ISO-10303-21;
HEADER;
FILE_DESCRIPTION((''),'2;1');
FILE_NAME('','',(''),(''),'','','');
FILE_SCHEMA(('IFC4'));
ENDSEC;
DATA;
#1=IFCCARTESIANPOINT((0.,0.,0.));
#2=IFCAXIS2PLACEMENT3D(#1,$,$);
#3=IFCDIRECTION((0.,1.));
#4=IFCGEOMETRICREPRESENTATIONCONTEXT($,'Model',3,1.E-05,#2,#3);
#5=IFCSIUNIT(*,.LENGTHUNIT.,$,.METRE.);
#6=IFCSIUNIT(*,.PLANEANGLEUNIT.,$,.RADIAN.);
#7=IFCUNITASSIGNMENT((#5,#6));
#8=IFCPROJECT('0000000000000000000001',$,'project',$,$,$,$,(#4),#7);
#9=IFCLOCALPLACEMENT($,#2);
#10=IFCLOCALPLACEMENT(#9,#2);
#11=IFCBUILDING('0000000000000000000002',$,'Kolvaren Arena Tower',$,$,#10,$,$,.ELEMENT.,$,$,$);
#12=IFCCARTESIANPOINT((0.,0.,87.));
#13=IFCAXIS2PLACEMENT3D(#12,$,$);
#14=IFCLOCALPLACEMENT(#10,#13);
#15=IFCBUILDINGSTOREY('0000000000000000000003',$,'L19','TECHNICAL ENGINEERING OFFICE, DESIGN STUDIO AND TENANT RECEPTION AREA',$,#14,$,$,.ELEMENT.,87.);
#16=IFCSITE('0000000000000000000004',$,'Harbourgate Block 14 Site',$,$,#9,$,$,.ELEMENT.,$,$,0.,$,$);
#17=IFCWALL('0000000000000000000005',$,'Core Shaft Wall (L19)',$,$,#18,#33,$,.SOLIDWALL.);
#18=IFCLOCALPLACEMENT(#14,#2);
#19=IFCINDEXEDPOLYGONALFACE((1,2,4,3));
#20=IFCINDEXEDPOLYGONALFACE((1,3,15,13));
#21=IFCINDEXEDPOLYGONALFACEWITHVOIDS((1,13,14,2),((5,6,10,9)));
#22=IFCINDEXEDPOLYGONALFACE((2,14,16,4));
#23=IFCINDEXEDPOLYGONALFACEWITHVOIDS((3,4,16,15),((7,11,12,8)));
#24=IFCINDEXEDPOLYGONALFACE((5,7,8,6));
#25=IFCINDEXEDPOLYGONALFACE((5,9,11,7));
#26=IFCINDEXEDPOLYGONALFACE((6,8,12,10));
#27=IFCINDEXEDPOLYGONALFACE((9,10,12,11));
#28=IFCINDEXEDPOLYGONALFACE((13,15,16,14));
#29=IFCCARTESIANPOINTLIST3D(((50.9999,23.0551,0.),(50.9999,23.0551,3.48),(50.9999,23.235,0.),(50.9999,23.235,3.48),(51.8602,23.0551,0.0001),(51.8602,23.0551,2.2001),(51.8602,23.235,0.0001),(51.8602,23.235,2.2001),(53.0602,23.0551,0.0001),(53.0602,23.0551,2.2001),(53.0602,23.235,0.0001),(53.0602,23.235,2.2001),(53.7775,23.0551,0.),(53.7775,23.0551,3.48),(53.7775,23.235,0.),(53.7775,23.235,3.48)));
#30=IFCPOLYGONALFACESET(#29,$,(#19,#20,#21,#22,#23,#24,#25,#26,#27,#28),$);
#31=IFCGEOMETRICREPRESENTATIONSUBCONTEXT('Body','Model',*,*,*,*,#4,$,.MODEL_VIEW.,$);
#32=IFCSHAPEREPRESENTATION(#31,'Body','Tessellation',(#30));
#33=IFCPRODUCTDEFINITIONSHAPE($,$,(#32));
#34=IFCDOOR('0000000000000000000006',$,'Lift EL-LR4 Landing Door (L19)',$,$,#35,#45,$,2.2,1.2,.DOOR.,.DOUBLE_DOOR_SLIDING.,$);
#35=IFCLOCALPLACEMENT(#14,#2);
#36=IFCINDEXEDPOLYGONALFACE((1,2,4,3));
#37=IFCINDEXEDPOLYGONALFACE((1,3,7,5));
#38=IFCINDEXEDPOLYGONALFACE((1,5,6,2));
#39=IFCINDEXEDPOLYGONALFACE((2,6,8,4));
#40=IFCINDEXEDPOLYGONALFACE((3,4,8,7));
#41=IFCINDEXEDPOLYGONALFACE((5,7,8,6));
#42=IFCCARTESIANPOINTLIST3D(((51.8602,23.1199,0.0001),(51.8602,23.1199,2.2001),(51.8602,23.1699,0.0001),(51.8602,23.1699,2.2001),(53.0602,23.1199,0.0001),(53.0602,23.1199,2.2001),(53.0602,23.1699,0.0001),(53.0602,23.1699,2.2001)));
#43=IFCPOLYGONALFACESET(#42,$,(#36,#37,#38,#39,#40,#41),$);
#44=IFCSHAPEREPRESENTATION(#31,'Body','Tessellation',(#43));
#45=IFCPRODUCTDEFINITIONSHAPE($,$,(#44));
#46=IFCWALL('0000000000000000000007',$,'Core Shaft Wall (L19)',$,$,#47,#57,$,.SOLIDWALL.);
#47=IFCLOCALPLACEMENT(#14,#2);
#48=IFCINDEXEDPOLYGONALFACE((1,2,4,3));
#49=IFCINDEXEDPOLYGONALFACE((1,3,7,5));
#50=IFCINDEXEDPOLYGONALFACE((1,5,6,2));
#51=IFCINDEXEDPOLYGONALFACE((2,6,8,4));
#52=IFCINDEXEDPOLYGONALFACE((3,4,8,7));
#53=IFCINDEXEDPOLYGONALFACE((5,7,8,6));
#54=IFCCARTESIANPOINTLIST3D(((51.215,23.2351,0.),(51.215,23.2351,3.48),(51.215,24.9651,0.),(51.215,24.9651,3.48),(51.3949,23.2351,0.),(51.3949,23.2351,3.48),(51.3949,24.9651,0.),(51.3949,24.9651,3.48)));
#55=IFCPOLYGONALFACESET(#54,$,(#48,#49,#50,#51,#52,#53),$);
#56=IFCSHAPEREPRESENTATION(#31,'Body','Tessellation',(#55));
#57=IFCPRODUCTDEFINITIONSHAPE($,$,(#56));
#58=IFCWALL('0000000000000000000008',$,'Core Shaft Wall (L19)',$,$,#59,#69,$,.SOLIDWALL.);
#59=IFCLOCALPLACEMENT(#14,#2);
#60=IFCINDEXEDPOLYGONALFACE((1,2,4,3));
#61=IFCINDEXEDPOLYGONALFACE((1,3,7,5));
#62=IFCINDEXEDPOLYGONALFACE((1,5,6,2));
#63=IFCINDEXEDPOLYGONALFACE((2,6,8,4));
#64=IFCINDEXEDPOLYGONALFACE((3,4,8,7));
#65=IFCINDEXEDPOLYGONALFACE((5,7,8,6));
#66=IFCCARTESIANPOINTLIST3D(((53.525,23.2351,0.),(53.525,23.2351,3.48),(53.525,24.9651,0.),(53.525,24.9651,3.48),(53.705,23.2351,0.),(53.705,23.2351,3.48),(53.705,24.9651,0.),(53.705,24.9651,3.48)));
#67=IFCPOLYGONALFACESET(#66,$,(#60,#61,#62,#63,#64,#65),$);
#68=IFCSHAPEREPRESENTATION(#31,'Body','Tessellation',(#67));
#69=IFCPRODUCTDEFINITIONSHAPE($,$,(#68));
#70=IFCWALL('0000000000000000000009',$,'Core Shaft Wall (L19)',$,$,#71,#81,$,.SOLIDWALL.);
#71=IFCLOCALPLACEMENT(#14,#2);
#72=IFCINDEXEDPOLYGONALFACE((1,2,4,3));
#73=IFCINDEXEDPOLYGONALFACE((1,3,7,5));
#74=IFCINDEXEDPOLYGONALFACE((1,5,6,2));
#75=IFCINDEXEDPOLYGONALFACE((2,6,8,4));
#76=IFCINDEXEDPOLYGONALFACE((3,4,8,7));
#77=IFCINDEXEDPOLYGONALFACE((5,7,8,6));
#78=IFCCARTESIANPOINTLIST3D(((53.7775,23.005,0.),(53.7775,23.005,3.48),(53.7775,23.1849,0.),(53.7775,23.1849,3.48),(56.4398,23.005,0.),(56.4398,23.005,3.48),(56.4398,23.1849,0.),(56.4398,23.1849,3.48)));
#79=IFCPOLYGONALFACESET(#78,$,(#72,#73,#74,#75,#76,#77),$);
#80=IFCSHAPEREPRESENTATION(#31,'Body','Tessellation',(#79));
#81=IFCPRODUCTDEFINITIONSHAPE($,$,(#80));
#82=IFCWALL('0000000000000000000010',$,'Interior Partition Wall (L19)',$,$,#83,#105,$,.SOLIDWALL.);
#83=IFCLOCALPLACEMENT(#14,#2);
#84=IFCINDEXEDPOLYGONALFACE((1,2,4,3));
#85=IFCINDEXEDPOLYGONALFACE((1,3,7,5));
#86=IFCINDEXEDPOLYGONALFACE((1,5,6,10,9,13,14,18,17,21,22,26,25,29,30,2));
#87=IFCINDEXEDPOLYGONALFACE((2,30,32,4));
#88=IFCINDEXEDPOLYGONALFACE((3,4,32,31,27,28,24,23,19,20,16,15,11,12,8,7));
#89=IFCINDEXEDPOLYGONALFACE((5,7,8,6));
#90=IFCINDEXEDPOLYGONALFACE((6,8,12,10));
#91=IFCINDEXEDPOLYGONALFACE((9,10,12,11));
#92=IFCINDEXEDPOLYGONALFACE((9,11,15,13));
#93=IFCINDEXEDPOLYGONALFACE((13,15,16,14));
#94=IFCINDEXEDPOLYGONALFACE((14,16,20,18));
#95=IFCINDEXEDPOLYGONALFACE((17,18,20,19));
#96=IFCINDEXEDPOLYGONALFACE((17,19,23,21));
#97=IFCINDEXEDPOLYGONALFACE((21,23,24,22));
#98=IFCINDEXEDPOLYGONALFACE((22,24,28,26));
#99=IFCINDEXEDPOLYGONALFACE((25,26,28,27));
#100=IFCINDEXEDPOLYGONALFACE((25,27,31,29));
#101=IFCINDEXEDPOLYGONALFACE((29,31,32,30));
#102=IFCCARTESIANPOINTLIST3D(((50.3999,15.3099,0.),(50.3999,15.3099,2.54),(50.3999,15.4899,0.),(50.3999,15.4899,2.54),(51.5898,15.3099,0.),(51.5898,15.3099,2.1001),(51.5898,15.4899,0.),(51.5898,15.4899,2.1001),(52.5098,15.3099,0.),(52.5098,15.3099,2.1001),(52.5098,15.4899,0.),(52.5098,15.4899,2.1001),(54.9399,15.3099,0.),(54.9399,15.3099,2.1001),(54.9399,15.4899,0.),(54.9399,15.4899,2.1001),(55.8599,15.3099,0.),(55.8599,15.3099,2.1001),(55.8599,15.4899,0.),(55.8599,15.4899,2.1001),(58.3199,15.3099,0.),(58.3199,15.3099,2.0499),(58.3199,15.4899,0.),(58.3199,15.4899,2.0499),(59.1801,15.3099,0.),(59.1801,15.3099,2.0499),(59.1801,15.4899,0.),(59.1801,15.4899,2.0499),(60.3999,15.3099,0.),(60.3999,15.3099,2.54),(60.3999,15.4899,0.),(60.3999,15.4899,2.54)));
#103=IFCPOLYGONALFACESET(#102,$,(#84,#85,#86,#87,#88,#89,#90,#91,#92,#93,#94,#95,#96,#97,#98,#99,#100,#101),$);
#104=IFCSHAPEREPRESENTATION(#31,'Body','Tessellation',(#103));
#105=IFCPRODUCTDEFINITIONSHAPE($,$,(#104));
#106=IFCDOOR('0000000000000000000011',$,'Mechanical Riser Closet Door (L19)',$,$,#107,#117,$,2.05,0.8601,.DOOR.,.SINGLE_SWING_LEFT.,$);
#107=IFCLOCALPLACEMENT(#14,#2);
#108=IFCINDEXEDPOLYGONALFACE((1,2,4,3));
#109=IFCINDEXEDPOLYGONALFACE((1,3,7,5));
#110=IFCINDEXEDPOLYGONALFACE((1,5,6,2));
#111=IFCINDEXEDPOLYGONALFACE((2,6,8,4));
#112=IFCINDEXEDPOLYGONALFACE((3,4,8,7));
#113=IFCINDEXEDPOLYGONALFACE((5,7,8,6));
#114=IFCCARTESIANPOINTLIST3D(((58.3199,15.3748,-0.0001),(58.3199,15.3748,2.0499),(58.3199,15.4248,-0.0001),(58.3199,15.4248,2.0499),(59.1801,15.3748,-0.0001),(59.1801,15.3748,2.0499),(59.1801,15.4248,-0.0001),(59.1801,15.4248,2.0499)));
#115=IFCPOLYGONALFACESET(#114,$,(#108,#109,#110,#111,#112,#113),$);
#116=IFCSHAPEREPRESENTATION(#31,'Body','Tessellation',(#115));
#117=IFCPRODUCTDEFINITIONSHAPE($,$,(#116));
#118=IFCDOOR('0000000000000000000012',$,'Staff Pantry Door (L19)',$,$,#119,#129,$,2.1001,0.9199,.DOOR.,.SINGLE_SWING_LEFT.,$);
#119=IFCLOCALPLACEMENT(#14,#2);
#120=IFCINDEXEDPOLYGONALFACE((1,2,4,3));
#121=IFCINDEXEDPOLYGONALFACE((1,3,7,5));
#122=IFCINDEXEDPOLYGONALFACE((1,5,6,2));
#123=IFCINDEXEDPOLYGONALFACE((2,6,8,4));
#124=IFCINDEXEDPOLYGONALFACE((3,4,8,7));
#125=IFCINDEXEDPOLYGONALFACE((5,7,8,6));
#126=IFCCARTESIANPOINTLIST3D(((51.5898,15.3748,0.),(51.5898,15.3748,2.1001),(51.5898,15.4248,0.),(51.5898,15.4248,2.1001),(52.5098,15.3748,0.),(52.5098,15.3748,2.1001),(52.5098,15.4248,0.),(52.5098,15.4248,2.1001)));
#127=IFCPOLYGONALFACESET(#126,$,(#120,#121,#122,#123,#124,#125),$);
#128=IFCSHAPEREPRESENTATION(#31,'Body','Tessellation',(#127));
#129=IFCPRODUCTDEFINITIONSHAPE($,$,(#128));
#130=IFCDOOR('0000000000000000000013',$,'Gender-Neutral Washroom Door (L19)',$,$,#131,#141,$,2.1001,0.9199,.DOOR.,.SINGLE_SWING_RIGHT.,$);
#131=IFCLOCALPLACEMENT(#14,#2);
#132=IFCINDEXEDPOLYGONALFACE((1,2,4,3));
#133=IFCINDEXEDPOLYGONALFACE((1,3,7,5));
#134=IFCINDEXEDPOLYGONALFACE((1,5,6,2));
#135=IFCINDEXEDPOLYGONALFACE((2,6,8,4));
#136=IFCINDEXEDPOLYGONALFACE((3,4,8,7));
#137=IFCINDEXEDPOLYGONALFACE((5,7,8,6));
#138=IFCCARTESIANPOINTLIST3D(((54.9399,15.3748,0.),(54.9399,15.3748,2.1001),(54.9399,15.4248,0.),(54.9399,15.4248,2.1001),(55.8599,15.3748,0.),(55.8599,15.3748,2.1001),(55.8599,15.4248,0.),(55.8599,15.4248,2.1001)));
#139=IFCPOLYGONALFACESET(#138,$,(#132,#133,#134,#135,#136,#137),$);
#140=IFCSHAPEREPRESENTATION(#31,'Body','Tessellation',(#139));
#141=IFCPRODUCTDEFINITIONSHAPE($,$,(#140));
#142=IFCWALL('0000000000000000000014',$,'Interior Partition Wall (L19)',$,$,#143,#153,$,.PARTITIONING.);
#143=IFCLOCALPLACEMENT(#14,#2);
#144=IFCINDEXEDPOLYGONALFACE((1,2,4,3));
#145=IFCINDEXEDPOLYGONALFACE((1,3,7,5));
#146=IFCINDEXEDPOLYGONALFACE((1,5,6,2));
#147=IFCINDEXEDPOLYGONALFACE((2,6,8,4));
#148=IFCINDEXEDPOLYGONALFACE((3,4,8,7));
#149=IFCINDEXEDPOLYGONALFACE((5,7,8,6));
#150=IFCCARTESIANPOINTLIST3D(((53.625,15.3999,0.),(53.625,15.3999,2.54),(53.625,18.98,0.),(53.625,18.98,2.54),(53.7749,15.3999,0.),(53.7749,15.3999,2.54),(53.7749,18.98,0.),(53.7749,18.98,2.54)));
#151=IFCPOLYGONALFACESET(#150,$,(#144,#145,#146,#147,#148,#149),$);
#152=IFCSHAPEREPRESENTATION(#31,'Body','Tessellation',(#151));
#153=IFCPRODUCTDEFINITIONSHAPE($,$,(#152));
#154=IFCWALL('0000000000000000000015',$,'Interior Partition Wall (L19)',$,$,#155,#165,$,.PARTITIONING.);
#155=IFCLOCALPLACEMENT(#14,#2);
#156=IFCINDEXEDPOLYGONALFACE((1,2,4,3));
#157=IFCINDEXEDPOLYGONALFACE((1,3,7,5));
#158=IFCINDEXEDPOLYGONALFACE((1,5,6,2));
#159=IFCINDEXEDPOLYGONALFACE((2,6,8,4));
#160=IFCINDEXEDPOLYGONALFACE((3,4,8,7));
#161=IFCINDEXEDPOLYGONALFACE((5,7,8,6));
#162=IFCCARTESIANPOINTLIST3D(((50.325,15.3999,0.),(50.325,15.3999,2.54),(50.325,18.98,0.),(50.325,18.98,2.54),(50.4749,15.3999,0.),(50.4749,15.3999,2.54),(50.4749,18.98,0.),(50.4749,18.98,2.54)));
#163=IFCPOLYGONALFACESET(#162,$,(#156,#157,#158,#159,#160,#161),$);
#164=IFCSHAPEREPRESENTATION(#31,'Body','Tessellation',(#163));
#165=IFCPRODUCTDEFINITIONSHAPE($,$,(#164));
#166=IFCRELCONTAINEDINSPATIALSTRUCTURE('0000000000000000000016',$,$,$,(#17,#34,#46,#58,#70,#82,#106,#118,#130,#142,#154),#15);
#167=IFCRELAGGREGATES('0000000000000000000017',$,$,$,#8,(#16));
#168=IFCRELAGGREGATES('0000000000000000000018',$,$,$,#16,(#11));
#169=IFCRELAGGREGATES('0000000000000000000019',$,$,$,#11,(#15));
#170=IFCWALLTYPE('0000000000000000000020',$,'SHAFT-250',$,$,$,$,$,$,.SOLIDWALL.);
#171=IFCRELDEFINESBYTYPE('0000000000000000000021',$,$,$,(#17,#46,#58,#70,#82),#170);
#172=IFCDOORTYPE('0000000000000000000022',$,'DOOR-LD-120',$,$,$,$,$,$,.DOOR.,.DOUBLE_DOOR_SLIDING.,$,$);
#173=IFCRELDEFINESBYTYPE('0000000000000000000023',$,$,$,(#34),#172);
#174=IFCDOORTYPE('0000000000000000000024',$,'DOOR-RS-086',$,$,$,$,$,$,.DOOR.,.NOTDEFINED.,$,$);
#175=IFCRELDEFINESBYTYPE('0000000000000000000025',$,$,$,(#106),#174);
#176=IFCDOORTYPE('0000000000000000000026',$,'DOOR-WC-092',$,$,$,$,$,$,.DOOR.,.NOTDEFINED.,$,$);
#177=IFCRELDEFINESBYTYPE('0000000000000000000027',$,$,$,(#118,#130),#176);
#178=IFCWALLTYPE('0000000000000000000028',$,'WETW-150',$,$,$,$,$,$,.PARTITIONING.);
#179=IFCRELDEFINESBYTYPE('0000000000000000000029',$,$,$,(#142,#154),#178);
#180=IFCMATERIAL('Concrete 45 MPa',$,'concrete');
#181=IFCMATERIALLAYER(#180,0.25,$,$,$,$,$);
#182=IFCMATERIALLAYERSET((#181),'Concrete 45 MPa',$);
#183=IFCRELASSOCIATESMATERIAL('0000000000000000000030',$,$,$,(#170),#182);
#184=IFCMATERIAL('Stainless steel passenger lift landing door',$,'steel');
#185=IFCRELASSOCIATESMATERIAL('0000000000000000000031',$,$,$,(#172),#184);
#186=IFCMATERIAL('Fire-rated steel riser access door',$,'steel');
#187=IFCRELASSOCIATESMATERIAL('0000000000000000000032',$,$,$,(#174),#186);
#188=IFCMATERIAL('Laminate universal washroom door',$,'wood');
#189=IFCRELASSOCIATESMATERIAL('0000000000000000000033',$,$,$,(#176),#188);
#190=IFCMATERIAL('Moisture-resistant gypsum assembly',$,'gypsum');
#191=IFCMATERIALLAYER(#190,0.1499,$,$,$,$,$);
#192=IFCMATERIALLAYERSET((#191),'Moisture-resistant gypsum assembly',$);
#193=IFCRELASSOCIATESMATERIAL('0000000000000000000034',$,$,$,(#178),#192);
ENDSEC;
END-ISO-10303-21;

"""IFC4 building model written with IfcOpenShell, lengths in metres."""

from ifc_helpers import new_model, si_unit, direction, frame, frame_2d, origin, place, context, subcontext, project, spatial, rectangle, extrude, material, layer, layer_set, type_object, element, fill, save


model = new_model("IFC4")

# Units and contexts
model_context = context("Model", 3, precision=1e-05, world=origin(), true_north=direction((0.0, 1.0)))
body_context = subcontext(model_context, "Body", "Model", "MODEL_VIEW")
ifc_project = project(units=[si_unit("LENGTHUNIT", "METRE"), si_unit("PLANEANGLEUNIT", "RADIAN")], contexts=[model_context])

# Site, building, storey
site_placement = place(None, origin())
site = spatial("IfcSite", under=ifc_project, at=site_placement, Name="Harbourgate Block 14 Site", CompositionType="ELEMENT", RefElevation=0.0)
building_placement = place(site_placement, origin())
building = spatial("IfcBuilding", under=site, at=building_placement, Name="Kolvaren Arena Tower", CompositionType="ELEMENT")
storey_placement = place(building_placement, frame((0.0, 0.0, 87.0)))
storey = spatial("IfcBuildingStorey", under=building, at=storey_placement, Name="L19", Description="TECHNICAL ENGINEERING OFFICE, DESIGN STUDIO AND TENANT RECEPTION AREA", CompositionType="ELEMENT", Elevation=87.0)

# Shared definitions
ifc_material_1 = material(Name="Concrete 45 MPa", Category="concrete")
ifc_layer_1 = layer(ifc_material_1, 0.25)
ifc_layer_set_1 = layer_set([ifc_layer_1], Name="Concrete 45 MPa")
wall_type_1 = type_object("IfcWallType", Name="SHAFT-250", PredefinedType="SOLIDWALL", material=ifc_layer_set_1)
ifc_material_2 = material(Name="Stainless steel passenger lift landing door", Category="steel")
door_type_1 = type_object("IfcDoorType", Name="DOOR-LD-120", OperationType="DOUBLE_DOOR_SLIDING", PredefinedType="DOOR", material=ifc_material_2)

# Wall, opening, door
wall_1_placement = place(storey_placement, frame((51.0, 23.145, 0.0), z_axis=(0.0, 0.0, 1.0), x_axis=(1.0, 0.0, 0.0)))
wall_1 = element("IfcWall", 1, at=wall_1_placement, inside=storey, type_object=wall_type_1, Name="Core Shaft Wall (L19)", PredefinedType="SOLIDWALL", context=body_context, shape_type="SweptSolid", body=[
    extrude(rectangle(XDim=2.7776, YDim=0.1799, at=frame_2d((1.3887, 0.0))), origin(), (0.0, 0.0, 1.0), 3.48),
])
opening_1_placement = place(wall_1_placement, frame((0.8601, 0.0, 0.0)))
opening_1 = element("IfcOpeningElement", 2, at=opening_1_placement, cuts=wall_1, PredefinedType="OPENING", context=body_context, shape_type="SweptSolid", body=[
    extrude(rectangle(XDim=1.2, YDim=2.2, at=frame_2d((0.6001, 1.1001))), frame((0.0, 0.0999, 0.0), z_axis=(0.0, -1.0, 0.0), x_axis=(1.0, 0.0, 0.0)), (0.0, 0.0, 1.0), 0.2),
])
door_1_placement = place(opening_1_placement, origin())
door_1 = element("IfcDoor", 3, at=door_1_placement, inside=storey, type_object=door_type_1, Name="Lift EL-LR4 Landing Door (L19)", OperationType="DOUBLE_DOOR_SLIDING", OverallHeight=2.2, OverallWidth=1.2, PredefinedType="DOOR", context=body_context, shape_type="SweptSolid", body=[
    extrude(rectangle(XDim=1.2, YDim=2.2, at=frame_2d((0.6001, 1.1001))), frame((0.0, 0.0249, 0.0), z_axis=(0.0, -1.0, 0.0), x_axis=(1.0, 0.0, 0.0)), (0.0, 0.0, 1.0), 0.05),
])
fill(opening_1, door_1)

# Walls
for number, where, z_axis, x_axis, name in (
    (4, (51.3049, 23.2351, 0.0), (0.0, 0.0, 1.0), (0.0, 1.0, 0.0), "Core Shaft Wall (L19)"),
    (5, (53.615, 23.2351, 0.0), (0.0, 0.0, 1.0), (0.0, 1.0, 0.0), "Core Shaft Wall (L19)"),
):
    element("IfcWall", number, at=place(storey_placement, frame(where, z_axis=z_axis, x_axis=x_axis)), inside=storey, type_object=wall_type_1, Name=name, PredefinedType="SOLIDWALL", context=body_context, shape_type="SweptSolid", body=[
        extrude(rectangle(XDim=1.73, YDim=0.1799, at=frame_2d((0.865, 0.0))), origin(), (0.0, 0.0, 1.0), 3.48),
    ])
wall_2_placement = place(storey_placement, frame((53.7776, 23.095, 0.0), z_axis=(0.0, 0.0, 1.0), x_axis=(1.0, 0.0, 0.0)))
element("IfcWall", 6, at=wall_2_placement, inside=storey, type_object=wall_type_1, Name="Core Shaft Wall (L19)", PredefinedType="SOLIDWALL", context=body_context, shape_type="SweptSolid", body=[
    extrude(rectangle(XDim=2.6624, YDim=0.1799, at=frame_2d((1.3311, 0.0))), origin(), (0.0, 0.0, 1.0), 3.48),
])

# Wall, openings, doors
wall_3_placement = place(storey_placement, frame((50.3999, 15.3999, 0.0), z_axis=(0.0, 0.0, 1.0), x_axis=(1.0, 0.0, 0.0)))
wall_3 = element("IfcWall", 7, at=wall_3_placement, inside=storey, type_object=wall_type_1, Name="Interior Partition Wall (L19)", PredefinedType="SOLIDWALL", context=body_context, shape_type="SweptSolid", body=[
    extrude(rectangle(XDim=10.0, YDim=0.1799, at=frame_2d((5.0, 0.0))), origin(), (0.0, 0.0, 1.0), 2.54),
])
opening_2_placement = place(wall_3_placement, frame((1.1899, 0.0, 0.0)))
opening_2 = element("IfcOpeningElement", 8, at=opening_2_placement, cuts=wall_3, PredefinedType="OPENING", context=body_context, shape_type="SweptSolid", body=[
    extrude(rectangle(XDim=0.9199, YDim=2.1001, at=frame_2d((0.46, 1.05))), frame((0.0, 0.0999, 0.0), z_axis=(0.0, -1.0, 0.0), x_axis=(1.0, 0.0, 0.0)), (0.0, 0.0, 1.0), 0.2),
])
opening_3_placement = place(wall_3_placement, frame((4.54, 0.0, 0.0)))
opening_3 = element("IfcOpeningElement", 9, at=opening_3_placement, cuts=wall_3, PredefinedType="OPENING", context=body_context, shape_type="SweptSolid", body=[
    extrude(rectangle(XDim=0.9199, YDim=2.1001, at=frame_2d((0.46, 1.05))), frame((0.0, 0.0999, 0.0), z_axis=(0.0, -1.0, 0.0), x_axis=(1.0, 0.0, 0.0)), (0.0, 0.0, 1.0), 0.2),
])
opening_4_placement = place(wall_3_placement, frame((7.9199, 0.0, 0.0)))
opening_4 = element("IfcOpeningElement", 10, at=opening_4_placement, cuts=wall_3, PredefinedType="OPENING", context=body_context, shape_type="SweptSolid", body=[
    extrude(rectangle(XDim=0.8601, YDim=2.05, at=frame_2d((0.4302, 1.0249))), frame((0.0, 0.0999, 0.0), z_axis=(0.0, -1.0, 0.0), x_axis=(1.0, 0.0, 0.0)), (0.0, 0.0, 1.0), 0.2),
])
ifc_material_3 = material(Name="Fire-rated steel riser access door", Category="steel")
door_type_2 = type_object("IfcDoorType", Name="DOOR-RS-086", OperationType="NOTDEFINED", PredefinedType="DOOR", material=ifc_material_3)
door_2_placement = place(opening_4_placement, origin())
door_2 = element("IfcDoor", 11, at=door_2_placement, inside=storey, type_object=door_type_2, Name="Mechanical Riser Closet Door (L19)", OperationType="SINGLE_SWING_LEFT", OverallHeight=2.05, OverallWidth=0.8601, PredefinedType="DOOR", context=body_context, shape_type="SweptSolid", body=[
    extrude(rectangle(XDim=0.8601, YDim=2.05, at=frame_2d((0.4302, 1.0249))), frame((0.0, 0.0249, 0.0), z_axis=(0.0, -1.0, 0.0), x_axis=(1.0, 0.0, 0.0)), (0.0, 0.0, 1.0), 0.05),
])
fill(opening_4, door_2)
ifc_material_4 = material(Name="Laminate universal washroom door", Category="wood")
door_type_3 = type_object("IfcDoorType", Name="DOOR-WC-092", OperationType="NOTDEFINED", PredefinedType="DOOR", material=ifc_material_4)
door_3_placement = place(opening_2_placement, origin())
door_3 = element("IfcDoor", 12, at=door_3_placement, inside=storey, type_object=door_type_3, Name="Staff Pantry Door (L19)", OperationType="SINGLE_SWING_LEFT", OverallHeight=2.1001, OverallWidth=0.9199, PredefinedType="DOOR", context=body_context, shape_type="SweptSolid", body=[
    extrude(rectangle(XDim=0.9199, YDim=2.1001, at=frame_2d((0.46, 1.05))), frame((0.0, 0.0249, 0.0), z_axis=(0.0, -1.0, 0.0), x_axis=(1.0, 0.0, 0.0)), (0.0, 0.0, 1.0), 0.05),
])
fill(opening_2, door_3)
door_4_placement = place(opening_3_placement, origin())
door_4 = element("IfcDoor", 13, at=door_4_placement, inside=storey, type_object=door_type_3, Name="Gender-Neutral Washroom Door (L19)", OperationType="SINGLE_SWING_RIGHT", OverallHeight=2.1001, OverallWidth=0.9199, PredefinedType="DOOR", context=body_context, shape_type="SweptSolid", body=[
    extrude(rectangle(XDim=0.9199, YDim=2.1001, at=frame_2d((0.46, 1.05))), frame((0.0, 0.0249, 0.0), z_axis=(0.0, -1.0, 0.0), x_axis=(1.0, 0.0, 0.0)), (0.0, 0.0, 1.0), 0.05),
])
fill(opening_3, door_4)

# Walls
ifc_material_5 = material(Name="Moisture-resistant gypsum assembly", Category="gypsum")
ifc_layer_2 = layer(ifc_material_5, 0.1499)
ifc_layer_set_2 = layer_set([ifc_layer_2], Name="Moisture-resistant gypsum assembly")
wall_type_2 = type_object("IfcWallType", Name="WETW-150", PredefinedType="PARTITIONING", material=ifc_layer_set_2)
for number, where, z_axis, x_axis, name in (
    (14, (53.7, 15.3999, 0.0), (0.0, 0.0, 1.0), (0.0, 1.0, 0.0), "Interior Partition Wall (L19)"),
    (15, (50.3999, 15.3999, 0.0), (0.0, 0.0, 1.0), (0.0, 1.0, 0.0), "Interior Partition Wall (L19)"),
):
    element("IfcWall", number, at=place(storey_placement, frame(where, z_axis=z_axis, x_axis=x_axis)), inside=storey, type_object=wall_type_2, Name=name, PredefinedType="PARTITIONING", context=body_context, shape_type="SweptSolid", body=[
        extrude(rectangle(XDim=3.5801, YDim=0.1499, at=frame_2d((1.79, 0.0))), origin(), (0.0, 0.0, 1.0), 2.54),
    ])

save(model, "model.ifc")
